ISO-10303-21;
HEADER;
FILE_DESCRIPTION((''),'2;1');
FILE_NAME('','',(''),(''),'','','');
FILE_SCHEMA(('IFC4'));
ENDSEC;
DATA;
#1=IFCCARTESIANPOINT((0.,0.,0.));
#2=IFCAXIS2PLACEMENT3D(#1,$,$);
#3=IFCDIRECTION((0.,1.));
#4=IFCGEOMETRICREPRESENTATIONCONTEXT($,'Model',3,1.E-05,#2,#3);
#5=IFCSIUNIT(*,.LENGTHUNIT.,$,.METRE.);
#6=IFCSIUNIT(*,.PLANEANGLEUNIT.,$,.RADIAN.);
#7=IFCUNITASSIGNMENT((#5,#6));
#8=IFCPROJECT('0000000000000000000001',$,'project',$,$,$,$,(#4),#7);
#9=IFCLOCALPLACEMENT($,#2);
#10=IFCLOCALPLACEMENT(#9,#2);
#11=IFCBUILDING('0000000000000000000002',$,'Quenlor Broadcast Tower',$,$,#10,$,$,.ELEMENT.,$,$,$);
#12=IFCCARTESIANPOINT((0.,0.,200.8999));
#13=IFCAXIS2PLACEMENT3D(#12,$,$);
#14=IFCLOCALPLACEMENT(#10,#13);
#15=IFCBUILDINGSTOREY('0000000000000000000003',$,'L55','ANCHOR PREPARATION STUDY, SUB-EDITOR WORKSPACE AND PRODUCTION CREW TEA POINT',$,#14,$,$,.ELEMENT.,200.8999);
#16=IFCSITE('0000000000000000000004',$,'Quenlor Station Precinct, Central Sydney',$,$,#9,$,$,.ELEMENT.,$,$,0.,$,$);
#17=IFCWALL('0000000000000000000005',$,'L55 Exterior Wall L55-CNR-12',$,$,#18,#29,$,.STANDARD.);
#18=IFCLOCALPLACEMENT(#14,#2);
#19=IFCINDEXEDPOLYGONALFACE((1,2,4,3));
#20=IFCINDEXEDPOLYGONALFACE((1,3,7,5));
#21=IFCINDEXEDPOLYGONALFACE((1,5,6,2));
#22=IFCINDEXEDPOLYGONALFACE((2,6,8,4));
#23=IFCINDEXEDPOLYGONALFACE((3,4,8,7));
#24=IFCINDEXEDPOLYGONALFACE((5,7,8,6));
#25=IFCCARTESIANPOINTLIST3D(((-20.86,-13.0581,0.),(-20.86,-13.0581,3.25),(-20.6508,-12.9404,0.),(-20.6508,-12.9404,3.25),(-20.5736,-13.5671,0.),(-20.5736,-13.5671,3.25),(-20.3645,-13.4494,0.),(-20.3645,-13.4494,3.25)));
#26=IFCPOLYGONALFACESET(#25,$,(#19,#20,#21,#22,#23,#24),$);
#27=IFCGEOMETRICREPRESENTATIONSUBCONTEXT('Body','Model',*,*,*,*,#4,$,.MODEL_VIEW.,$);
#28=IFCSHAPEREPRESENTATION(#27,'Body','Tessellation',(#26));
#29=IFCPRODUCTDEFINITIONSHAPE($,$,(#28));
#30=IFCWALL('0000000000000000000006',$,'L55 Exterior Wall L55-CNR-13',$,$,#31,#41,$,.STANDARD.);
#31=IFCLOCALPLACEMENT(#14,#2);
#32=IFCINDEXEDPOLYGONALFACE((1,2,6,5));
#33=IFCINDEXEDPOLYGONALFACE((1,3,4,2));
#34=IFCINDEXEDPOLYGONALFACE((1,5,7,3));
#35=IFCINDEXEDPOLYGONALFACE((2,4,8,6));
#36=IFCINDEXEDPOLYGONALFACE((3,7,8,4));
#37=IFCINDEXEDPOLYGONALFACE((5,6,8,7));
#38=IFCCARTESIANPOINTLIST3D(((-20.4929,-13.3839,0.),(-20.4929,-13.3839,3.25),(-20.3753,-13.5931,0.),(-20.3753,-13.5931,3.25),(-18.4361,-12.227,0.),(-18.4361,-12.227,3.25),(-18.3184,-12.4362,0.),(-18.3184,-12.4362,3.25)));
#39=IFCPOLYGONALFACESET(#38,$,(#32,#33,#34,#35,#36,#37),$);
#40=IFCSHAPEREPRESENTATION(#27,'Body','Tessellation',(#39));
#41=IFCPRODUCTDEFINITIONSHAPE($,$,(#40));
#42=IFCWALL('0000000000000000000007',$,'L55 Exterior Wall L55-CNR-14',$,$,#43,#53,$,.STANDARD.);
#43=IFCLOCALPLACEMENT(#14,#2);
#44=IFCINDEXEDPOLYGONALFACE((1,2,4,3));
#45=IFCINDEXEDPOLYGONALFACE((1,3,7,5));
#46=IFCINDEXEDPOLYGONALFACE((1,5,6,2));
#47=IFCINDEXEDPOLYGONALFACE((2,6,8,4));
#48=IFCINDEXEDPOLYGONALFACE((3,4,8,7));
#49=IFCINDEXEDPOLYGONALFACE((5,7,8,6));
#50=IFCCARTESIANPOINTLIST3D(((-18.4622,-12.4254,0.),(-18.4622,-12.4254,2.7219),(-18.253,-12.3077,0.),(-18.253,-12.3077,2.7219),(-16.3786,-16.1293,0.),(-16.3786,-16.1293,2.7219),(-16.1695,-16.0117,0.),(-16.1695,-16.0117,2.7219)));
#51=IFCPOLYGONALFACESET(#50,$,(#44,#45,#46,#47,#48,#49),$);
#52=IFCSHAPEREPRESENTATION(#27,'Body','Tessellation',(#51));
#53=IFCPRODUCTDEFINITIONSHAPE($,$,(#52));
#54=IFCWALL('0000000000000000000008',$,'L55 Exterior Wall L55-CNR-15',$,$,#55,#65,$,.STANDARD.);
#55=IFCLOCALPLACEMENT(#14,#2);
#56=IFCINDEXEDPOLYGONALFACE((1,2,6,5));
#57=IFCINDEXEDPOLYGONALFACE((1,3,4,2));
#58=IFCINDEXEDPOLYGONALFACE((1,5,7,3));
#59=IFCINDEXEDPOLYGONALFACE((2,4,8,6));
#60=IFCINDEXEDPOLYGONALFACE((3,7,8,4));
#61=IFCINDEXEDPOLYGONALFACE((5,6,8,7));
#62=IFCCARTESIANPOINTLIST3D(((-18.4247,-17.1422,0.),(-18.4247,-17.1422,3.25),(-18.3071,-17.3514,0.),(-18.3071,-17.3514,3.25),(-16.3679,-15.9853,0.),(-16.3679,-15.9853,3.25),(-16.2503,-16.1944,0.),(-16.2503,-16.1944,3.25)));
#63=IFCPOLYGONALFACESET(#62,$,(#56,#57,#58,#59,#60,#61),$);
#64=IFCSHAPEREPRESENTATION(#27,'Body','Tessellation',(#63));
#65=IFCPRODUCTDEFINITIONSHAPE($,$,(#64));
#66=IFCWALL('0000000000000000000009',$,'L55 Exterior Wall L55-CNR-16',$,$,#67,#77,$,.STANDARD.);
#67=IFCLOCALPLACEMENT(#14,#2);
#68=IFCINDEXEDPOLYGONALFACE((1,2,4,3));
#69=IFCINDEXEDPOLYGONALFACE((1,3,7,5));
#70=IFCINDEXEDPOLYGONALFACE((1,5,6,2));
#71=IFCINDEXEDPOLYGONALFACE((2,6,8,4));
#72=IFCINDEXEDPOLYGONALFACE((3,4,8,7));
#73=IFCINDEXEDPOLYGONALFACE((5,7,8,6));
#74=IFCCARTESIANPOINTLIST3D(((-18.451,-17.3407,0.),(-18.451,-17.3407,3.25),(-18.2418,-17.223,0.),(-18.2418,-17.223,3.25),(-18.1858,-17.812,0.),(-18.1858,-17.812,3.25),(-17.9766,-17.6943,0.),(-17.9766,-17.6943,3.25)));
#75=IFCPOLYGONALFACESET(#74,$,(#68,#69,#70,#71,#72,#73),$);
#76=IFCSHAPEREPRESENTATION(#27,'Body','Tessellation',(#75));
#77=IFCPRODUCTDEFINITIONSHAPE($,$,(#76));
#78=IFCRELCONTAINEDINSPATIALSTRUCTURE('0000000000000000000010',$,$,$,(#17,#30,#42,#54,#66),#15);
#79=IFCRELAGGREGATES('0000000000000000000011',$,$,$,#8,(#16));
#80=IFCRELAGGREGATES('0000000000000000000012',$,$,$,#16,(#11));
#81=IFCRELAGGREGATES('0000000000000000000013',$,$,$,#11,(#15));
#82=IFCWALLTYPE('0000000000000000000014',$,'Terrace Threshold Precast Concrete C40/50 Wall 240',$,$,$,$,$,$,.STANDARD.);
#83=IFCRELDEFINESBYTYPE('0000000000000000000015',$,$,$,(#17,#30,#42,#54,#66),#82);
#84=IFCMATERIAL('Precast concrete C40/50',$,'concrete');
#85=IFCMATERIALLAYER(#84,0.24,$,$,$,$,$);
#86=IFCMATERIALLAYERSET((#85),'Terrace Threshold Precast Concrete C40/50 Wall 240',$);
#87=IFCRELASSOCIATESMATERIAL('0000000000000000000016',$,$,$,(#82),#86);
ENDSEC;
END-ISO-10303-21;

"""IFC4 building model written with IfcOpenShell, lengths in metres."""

from ifc_helpers import new_model, si_unit, direction, frame, frame_2d, origin, place, context, subcontext, project, spatial, rectangle, extrude, material, layer, layer_set, type_object, element, save


model = new_model("IFC4")

# Units and contexts
model_context = context("Model", 3, precision=1e-05, world=origin(), true_north=direction((0.0, 1.0)))
body_context = subcontext(model_context, "Body", "Model", "MODEL_VIEW")
ifc_project = project(units=[si_unit("LENGTHUNIT", "METRE"), si_unit("PLANEANGLEUNIT", "RADIAN")], contexts=[model_context])

# Site, building, storey
site_placement = place(None, origin())
site = spatial("IfcSite", under=ifc_project, at=site_placement, Name="Quenlor Station Precinct, Central Sydney", CompositionType="ELEMENT", RefElevation=0.0)
building_placement = place(site_placement, origin())
building = spatial("IfcBuilding", under=site, at=building_placement, Name="Quenlor Broadcast Tower", CompositionType="ELEMENT")
storey_placement = place(building_placement, frame((0.0, 0.0, 200.8999)))
storey = spatial("IfcBuildingStorey", under=building, at=storey_placement, Name="L55", Description="ANCHOR PREPARATION STUDY, SUB-EDITOR WORKSPACE AND PRODUCTION CREW TEA POINT", CompositionType="ELEMENT", Elevation=200.8999)

# Walls
ifc_material_1 = material(Name="Precast concrete C40/50", Category="concrete")
ifc_layer_1 = layer(ifc_material_1, 0.24)
ifc_layer_set_1 = layer_set([ifc_layer_1], Name="Terrace Threshold Precast Concrete C40/50 Wall 240")
wall_type_1 = type_object("IfcWallType", Name="Terrace Threshold Precast Concrete C40/50 Wall 240", PredefinedType="STANDARD", material=ifc_layer_set_1)
wall_1_placement = place(storey_placement, frame((-20.7554, -12.9993, 0.0), z_axis=(0.0, 0.0, 1.0), x_axis=(0.490321, -0.871542, 0.0)))
element("IfcWall", 1, at=wall_1_placement, inside=storey, type_object=wall_type_1, Name="L55 Exterior Wall L55-CNR-12", PredefinedType="STANDARD", context=body_context, shape_type="SweptSolid", body=[
    extrude(rectangle(XDim=0.584, YDim=0.24, at=frame_2d((0.292, 0.0))), origin(), (0.0, 0.0, 1.0), 3.25),
])
wall_2_placement = place(storey_placement, frame((-20.4341, -13.4885, 0.0), z_axis=(0.0, 0.0, 1.0), x_axis=(0.871578, 0.490256, 0.0)))
element("IfcWall", 2, at=wall_2_placement, inside=storey, type_object=wall_type_1, Name="L55 Exterior Wall L55-CNR-13", PredefinedType="STANDARD", context=body_context, shape_type="SweptSolid", body=[
    extrude(rectangle(XDim=2.3599, YDim=0.24, at=frame_2d((1.1799, 0.0))), origin(), (0.0, 0.0, 1.0), 3.25),
])
wall_3_placement = place(storey_placement, frame((-18.3577, -12.3665, 0.0), z_axis=(0.0, 0.0, 1.0), x_axis=(0.490275, -0.871568, 0.0)))
element("IfcWall", 3, at=wall_3_placement, inside=storey, type_object=wall_type_1, Name="L55 Exterior Wall L55-CNR-14", PredefinedType="STANDARD", context=body_context, shape_type="SweptSolid", body=[
    extrude(rectangle(XDim=4.2498, YDim=0.24, at=frame_2d((2.125, 0.0))), origin(), (0.0, 0.0, 1.0), 2.7219),
])
wall_4_placement = place(storey_placement, frame((-16.3091, -16.0898, 0.0), z_axis=(0.0, 0.0, 1.0), x_axis=(-0.871578, -0.490256, 0.0)))
element("IfcWall", 4, at=wall_4_placement, inside=storey, type_object=wall_type_1, Name="L55 Exterior Wall L55-CNR-15", PredefinedType="STANDARD", context=body_context, shape_type="SweptSolid", body=[
    extrude(rectangle(XDim=2.3599, YDim=0.24, at=frame_2d((1.1799, 0.0))), origin(), (0.0, 0.0, 1.0), 3.25),
])
wall_5_placement = place(storey_placement, frame((-18.3464, -17.2817, 0.0), z_axis=(0.0, 0.0, 1.0), x_axis=(0.49039, -0.871503, 0.0)))
element("IfcWall", 5, at=wall_5_placement, inside=storey, type_object=wall_type_1, Name="L55 Exterior Wall L55-CNR-16", PredefinedType="STANDARD", context=body_context, shape_type="SweptSolid", body=[
    extrude(rectangle(XDim=0.5408, YDim=0.24, at=frame_2d((0.2705, 0.0))), origin(), (0.0, 0.0, 1.0), 3.25),
])

save(model, "model.ifc")
